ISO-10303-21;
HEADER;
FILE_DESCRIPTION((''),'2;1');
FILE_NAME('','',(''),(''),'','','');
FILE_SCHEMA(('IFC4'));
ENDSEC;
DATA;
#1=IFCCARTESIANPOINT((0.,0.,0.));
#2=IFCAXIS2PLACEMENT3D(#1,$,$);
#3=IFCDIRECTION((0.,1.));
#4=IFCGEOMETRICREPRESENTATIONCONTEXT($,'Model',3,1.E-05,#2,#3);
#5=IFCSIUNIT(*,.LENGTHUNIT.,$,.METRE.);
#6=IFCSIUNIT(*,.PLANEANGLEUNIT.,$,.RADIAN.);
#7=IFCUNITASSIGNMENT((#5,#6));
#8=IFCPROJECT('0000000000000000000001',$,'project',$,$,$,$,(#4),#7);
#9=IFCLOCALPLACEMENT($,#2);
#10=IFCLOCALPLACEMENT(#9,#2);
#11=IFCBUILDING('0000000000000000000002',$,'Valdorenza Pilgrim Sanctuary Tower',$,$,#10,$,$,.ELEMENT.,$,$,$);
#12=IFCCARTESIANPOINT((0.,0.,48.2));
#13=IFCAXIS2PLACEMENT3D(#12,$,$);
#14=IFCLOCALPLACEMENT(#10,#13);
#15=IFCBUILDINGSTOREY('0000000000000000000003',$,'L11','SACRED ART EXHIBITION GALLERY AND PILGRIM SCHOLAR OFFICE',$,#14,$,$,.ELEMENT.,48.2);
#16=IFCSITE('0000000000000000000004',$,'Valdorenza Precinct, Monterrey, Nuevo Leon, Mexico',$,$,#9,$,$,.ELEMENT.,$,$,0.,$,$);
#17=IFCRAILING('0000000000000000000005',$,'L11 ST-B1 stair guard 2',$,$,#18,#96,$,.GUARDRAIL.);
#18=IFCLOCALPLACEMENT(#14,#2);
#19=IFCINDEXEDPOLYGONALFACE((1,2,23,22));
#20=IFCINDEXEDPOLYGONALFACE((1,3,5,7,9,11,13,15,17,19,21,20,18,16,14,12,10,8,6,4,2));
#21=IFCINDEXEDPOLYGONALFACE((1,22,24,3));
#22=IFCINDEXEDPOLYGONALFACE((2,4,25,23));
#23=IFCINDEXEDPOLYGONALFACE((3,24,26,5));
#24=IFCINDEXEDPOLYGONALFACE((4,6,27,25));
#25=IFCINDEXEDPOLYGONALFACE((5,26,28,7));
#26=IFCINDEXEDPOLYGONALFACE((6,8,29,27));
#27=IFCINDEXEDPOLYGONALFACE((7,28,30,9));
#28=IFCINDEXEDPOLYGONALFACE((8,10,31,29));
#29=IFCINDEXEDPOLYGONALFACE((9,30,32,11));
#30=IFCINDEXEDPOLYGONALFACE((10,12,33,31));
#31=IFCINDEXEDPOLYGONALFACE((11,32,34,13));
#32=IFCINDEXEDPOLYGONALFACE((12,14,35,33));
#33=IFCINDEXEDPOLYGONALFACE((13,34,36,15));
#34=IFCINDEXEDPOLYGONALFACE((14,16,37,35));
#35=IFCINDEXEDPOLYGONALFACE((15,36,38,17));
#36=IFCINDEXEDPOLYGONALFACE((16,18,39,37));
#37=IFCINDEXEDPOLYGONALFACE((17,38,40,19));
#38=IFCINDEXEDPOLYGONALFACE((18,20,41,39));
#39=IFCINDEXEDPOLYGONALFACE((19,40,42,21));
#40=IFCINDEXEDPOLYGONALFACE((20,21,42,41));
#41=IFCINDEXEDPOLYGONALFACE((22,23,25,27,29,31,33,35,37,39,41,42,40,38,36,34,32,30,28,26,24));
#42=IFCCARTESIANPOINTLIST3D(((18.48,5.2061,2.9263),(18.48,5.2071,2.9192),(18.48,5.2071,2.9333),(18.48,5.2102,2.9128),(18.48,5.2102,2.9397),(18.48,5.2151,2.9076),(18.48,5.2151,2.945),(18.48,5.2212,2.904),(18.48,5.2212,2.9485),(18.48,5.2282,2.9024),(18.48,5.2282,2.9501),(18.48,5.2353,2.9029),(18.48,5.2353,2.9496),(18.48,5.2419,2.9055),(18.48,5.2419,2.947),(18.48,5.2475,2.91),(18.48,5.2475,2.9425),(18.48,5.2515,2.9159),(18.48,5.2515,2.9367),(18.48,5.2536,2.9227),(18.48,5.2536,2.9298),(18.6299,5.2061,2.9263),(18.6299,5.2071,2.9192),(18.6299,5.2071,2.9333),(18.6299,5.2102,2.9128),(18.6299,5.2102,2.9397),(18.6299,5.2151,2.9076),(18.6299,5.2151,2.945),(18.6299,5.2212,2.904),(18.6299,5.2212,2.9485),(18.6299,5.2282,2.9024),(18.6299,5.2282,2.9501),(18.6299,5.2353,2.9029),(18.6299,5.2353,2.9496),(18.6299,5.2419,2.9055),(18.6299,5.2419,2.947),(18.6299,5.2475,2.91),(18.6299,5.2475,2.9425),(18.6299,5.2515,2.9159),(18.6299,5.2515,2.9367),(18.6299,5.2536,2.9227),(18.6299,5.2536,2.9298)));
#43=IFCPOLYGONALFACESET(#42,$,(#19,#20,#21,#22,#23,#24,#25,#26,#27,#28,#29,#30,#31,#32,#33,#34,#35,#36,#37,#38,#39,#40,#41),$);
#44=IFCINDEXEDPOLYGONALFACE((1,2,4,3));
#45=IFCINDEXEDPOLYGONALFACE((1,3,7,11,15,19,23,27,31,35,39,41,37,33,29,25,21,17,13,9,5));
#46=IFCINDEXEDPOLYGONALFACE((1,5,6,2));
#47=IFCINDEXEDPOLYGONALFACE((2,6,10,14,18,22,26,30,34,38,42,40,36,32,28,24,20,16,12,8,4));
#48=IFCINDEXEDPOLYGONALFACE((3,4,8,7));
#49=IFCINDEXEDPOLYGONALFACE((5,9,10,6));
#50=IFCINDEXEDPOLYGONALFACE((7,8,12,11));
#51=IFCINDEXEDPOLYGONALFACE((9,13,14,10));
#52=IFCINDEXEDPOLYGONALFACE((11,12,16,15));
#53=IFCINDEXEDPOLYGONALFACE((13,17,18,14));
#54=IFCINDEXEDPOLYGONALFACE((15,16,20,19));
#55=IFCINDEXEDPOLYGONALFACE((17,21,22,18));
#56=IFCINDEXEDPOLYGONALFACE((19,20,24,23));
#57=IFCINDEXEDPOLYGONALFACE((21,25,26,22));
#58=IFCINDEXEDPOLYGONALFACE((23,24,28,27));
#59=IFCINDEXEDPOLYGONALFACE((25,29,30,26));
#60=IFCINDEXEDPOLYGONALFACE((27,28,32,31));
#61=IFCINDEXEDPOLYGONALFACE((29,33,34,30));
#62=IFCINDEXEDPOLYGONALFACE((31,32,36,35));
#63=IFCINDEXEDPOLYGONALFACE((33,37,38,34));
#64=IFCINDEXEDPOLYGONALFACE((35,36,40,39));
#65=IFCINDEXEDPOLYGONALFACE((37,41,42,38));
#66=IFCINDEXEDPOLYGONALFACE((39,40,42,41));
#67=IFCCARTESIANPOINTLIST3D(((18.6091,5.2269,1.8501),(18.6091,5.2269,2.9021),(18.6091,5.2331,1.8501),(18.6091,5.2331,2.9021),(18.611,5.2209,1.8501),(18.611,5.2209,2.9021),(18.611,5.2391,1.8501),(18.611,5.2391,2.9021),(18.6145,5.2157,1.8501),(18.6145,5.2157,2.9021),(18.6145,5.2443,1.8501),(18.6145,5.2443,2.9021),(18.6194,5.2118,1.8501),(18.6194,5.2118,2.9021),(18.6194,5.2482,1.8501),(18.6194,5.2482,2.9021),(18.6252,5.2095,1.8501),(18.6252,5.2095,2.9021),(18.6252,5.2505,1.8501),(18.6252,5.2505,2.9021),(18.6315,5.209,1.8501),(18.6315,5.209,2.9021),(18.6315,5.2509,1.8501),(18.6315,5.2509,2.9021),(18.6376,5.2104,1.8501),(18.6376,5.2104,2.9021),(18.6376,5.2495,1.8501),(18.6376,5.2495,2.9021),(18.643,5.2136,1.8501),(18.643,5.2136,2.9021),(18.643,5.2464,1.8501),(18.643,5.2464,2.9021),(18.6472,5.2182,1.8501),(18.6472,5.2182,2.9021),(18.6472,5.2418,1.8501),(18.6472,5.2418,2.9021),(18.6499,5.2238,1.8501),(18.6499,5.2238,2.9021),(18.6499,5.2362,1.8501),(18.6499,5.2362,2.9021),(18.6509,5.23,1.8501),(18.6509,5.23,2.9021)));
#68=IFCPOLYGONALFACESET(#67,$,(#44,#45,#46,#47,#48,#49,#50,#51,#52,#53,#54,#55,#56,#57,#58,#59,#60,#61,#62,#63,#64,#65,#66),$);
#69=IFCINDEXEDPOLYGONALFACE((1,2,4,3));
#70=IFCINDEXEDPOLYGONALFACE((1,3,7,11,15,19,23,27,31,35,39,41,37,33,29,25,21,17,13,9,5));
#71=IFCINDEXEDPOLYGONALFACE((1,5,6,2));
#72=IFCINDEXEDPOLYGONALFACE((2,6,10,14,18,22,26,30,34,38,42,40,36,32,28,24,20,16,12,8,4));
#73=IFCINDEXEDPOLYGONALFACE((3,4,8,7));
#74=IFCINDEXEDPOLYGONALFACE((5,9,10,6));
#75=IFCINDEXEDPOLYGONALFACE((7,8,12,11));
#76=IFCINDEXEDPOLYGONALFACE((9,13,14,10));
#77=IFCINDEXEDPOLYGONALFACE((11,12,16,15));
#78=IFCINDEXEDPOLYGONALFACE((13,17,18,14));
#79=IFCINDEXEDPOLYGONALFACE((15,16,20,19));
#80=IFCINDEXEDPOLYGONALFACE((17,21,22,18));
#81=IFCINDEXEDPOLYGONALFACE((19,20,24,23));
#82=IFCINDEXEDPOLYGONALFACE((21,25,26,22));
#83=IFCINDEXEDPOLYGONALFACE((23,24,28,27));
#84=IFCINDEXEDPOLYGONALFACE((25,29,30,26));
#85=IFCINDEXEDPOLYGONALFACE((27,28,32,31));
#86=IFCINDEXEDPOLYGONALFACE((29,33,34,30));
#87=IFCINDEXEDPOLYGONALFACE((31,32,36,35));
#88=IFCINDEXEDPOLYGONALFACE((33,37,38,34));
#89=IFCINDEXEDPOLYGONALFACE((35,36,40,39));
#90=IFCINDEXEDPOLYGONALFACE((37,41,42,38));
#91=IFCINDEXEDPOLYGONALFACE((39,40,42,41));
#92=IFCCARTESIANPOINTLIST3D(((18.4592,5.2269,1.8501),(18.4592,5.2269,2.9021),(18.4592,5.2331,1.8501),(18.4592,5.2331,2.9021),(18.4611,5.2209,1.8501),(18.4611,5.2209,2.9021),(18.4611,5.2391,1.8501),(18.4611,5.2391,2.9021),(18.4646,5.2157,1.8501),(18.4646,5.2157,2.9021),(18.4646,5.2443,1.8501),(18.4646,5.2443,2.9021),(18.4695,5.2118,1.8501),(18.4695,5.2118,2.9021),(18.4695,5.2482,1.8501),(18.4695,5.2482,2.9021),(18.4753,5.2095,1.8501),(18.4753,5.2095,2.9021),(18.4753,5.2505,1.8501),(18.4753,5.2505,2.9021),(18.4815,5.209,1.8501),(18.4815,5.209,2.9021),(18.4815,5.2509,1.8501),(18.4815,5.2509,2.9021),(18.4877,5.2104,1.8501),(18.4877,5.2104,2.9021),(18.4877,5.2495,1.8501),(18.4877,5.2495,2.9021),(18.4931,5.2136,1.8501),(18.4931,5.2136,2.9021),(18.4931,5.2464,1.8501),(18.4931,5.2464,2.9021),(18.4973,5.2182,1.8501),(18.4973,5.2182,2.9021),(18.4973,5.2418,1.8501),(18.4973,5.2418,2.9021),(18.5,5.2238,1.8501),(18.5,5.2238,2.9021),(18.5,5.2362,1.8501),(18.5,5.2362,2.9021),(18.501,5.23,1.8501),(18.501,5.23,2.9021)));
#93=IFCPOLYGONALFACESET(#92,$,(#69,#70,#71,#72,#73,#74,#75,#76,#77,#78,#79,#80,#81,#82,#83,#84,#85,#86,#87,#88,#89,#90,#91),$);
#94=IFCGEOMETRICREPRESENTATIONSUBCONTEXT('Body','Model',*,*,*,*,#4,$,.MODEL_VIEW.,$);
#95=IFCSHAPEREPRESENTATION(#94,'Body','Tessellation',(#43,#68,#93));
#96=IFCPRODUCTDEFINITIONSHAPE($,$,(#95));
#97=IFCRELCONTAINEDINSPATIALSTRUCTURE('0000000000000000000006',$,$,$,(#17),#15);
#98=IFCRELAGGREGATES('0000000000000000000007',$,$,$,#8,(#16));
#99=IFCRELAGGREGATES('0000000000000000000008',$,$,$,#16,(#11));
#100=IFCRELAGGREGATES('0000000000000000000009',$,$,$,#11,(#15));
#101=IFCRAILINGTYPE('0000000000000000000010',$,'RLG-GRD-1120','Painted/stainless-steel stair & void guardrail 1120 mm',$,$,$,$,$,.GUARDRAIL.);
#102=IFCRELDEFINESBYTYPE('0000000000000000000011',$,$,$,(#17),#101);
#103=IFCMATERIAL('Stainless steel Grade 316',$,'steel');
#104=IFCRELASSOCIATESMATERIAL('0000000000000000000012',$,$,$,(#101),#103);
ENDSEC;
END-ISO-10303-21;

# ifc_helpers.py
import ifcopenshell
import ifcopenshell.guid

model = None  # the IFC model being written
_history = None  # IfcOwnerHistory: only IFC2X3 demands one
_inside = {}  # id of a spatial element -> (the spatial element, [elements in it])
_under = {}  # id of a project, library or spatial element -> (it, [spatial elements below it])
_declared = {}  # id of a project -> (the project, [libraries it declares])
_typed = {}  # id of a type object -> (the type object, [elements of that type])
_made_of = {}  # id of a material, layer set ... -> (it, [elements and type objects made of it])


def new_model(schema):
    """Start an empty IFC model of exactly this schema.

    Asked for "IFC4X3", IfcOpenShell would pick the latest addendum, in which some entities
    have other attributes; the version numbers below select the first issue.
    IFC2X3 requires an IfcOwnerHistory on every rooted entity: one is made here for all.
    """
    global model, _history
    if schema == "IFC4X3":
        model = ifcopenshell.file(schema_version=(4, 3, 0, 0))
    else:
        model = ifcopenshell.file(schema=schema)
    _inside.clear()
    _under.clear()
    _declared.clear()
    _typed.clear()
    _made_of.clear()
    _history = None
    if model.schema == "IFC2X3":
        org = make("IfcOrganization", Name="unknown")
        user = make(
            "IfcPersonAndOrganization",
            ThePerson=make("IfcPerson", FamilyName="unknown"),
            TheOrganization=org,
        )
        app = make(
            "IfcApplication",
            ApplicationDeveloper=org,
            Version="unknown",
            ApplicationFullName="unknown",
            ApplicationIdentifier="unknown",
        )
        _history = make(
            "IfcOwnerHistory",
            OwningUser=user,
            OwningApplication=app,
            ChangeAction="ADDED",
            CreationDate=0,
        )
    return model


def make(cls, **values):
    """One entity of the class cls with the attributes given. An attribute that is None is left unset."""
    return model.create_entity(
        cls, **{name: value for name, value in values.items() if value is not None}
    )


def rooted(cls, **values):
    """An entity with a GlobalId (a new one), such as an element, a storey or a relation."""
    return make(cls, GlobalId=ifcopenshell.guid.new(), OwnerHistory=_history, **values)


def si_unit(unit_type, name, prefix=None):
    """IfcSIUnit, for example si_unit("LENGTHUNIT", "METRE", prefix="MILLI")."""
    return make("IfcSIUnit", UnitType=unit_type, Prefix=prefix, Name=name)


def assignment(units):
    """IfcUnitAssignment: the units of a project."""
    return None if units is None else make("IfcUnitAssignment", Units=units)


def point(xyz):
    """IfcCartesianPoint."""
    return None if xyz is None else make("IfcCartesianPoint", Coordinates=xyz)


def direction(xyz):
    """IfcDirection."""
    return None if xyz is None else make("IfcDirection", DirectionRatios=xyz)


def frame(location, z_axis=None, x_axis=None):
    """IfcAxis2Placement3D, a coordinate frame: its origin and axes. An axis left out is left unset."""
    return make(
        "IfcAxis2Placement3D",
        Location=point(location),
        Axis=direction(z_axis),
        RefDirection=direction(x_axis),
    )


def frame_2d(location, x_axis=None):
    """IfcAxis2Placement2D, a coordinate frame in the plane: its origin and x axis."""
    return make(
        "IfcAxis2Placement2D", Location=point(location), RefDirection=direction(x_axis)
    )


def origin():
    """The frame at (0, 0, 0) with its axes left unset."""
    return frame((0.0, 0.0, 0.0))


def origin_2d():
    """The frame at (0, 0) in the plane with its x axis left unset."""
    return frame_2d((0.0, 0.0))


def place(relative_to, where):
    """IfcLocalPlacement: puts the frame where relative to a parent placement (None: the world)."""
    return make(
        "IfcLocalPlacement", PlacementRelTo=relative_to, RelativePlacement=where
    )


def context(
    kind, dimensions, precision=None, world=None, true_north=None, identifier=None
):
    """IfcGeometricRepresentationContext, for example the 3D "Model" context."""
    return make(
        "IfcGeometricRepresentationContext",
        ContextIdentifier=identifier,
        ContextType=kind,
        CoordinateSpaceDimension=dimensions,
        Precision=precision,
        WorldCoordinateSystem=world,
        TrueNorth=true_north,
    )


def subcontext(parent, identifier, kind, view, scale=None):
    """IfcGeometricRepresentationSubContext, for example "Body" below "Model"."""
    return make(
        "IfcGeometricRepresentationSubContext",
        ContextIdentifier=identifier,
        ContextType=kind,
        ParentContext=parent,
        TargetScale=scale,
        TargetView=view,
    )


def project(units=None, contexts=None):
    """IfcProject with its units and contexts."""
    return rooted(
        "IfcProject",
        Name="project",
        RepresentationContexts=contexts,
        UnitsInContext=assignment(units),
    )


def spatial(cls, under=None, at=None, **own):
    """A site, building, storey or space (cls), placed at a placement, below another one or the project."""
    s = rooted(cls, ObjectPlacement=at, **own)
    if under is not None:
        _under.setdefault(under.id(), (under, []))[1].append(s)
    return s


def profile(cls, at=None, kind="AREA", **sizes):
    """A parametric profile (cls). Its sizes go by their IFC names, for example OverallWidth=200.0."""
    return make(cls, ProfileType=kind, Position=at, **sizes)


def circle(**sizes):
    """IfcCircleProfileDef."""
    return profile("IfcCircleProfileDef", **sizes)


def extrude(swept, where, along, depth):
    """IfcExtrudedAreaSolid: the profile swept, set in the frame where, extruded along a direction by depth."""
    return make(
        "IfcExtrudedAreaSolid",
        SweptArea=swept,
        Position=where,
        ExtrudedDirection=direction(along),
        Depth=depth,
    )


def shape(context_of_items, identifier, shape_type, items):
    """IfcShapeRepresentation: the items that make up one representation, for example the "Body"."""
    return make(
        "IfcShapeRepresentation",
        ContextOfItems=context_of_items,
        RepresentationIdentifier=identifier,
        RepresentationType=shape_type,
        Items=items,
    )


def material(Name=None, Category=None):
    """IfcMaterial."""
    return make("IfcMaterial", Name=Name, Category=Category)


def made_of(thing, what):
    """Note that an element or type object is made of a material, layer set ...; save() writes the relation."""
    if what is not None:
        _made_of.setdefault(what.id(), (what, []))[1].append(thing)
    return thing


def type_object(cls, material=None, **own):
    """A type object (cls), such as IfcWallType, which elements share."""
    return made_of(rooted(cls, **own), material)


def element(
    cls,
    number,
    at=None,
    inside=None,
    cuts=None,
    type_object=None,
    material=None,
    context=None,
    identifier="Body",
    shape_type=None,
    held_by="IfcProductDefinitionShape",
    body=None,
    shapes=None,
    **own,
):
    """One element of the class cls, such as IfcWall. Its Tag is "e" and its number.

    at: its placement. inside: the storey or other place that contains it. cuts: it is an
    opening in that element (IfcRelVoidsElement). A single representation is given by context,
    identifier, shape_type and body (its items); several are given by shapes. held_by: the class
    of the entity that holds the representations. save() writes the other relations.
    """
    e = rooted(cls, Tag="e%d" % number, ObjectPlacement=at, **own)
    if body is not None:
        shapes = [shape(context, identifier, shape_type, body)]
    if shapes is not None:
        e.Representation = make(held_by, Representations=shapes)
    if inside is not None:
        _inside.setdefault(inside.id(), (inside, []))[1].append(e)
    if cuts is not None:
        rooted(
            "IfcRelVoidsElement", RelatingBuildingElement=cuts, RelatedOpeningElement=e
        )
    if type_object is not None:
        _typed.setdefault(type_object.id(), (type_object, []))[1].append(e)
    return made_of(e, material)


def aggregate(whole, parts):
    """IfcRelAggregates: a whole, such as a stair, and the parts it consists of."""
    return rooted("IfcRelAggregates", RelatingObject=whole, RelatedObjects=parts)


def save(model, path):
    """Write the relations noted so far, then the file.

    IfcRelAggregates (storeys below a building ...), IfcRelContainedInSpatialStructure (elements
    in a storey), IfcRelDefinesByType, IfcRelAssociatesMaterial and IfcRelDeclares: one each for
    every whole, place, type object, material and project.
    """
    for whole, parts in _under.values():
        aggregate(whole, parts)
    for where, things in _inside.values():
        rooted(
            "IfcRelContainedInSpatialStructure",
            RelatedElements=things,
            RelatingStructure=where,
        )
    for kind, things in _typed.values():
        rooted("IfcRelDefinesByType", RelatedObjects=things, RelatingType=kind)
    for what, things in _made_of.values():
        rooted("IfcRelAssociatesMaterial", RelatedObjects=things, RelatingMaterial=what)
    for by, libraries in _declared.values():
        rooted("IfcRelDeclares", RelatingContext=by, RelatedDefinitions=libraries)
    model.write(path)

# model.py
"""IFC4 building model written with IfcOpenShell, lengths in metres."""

from ifc_helpers import new_model, si_unit, direction, frame, origin, origin_2d, place, context, subcontext, project, spatial, circle, extrude, material, type_object, element, save


model = new_model("IFC4")

# Units and contexts
model_context = context("Model", 3, precision=1e-05, world=origin(), true_north=direction((0.0, 1.0)))
body_context = subcontext(model_context, "Body", "Model", "MODEL_VIEW")
ifc_project = project(units=[si_unit("LENGTHUNIT", "METRE"), si_unit("PLANEANGLEUNIT", "RADIAN")], contexts=[model_context])

# Site, building, storey
site_placement = place(None, origin())
site = spatial("IfcSite", under=ifc_project, at=site_placement, Name="Valdorenza Precinct, Monterrey, Nuevo Leon, Mexico", CompositionType="ELEMENT", RefElevation=0.0)
building_placement = place(site_placement, origin())
building = spatial("IfcBuilding", under=site, at=building_placement, Name="Valdorenza Pilgrim Sanctuary Tower", CompositionType="ELEMENT")
storey_placement = place(building_placement, frame((0.0, 0.0, 48.2)))
storey = spatial("IfcBuildingStorey", under=building, at=storey_placement, Name="L11", Description="SACRED ART EXHIBITION GALLERY AND PILGRIM SCHOLAR OFFICE", CompositionType="ELEMENT", Elevation=48.2)

# Railing
ifc_material_1 = material(Name="Stainless steel Grade 316", Category="steel")
railing_type_1 = type_object("IfcRailingType", Name="RLG-GRD-1120", Description="Painted/stainless-steel stair & void guardrail 1120 mm", PredefinedType="GUARDRAIL", material=ifc_material_1)
railing_1_placement = place(storey_placement, frame((18.6299, 5.23, 1.8501)))
element("IfcRailing", 1, at=railing_1_placement, inside=storey, type_object=railing_type_1, Name="L11 ST-B1 stair guard 2", PredefinedType="GUARDRAIL", context=body_context, shape_type="SweptSolid", body=[
    extrude(circle(Radius=0.0239, at=origin_2d()), frame((0.0, 0.0, 1.0762), z_axis=(-1.0, 0.0, 0.0), x_axis=(0.0, -1.0, 0.0)), (0.0, 0.0, 1.0), 0.1499),
    extrude(circle(Radius=0.021, at=origin_2d()), origin(), (0.0, 0.0, 1.0), 1.052),
    extrude(circle(Radius=0.021, at=origin_2d()), frame((-0.1499, 0.0, 0.0)), (0.0, 0.0, 1.0), 1.052),
])

save(model, "model.ifc")
